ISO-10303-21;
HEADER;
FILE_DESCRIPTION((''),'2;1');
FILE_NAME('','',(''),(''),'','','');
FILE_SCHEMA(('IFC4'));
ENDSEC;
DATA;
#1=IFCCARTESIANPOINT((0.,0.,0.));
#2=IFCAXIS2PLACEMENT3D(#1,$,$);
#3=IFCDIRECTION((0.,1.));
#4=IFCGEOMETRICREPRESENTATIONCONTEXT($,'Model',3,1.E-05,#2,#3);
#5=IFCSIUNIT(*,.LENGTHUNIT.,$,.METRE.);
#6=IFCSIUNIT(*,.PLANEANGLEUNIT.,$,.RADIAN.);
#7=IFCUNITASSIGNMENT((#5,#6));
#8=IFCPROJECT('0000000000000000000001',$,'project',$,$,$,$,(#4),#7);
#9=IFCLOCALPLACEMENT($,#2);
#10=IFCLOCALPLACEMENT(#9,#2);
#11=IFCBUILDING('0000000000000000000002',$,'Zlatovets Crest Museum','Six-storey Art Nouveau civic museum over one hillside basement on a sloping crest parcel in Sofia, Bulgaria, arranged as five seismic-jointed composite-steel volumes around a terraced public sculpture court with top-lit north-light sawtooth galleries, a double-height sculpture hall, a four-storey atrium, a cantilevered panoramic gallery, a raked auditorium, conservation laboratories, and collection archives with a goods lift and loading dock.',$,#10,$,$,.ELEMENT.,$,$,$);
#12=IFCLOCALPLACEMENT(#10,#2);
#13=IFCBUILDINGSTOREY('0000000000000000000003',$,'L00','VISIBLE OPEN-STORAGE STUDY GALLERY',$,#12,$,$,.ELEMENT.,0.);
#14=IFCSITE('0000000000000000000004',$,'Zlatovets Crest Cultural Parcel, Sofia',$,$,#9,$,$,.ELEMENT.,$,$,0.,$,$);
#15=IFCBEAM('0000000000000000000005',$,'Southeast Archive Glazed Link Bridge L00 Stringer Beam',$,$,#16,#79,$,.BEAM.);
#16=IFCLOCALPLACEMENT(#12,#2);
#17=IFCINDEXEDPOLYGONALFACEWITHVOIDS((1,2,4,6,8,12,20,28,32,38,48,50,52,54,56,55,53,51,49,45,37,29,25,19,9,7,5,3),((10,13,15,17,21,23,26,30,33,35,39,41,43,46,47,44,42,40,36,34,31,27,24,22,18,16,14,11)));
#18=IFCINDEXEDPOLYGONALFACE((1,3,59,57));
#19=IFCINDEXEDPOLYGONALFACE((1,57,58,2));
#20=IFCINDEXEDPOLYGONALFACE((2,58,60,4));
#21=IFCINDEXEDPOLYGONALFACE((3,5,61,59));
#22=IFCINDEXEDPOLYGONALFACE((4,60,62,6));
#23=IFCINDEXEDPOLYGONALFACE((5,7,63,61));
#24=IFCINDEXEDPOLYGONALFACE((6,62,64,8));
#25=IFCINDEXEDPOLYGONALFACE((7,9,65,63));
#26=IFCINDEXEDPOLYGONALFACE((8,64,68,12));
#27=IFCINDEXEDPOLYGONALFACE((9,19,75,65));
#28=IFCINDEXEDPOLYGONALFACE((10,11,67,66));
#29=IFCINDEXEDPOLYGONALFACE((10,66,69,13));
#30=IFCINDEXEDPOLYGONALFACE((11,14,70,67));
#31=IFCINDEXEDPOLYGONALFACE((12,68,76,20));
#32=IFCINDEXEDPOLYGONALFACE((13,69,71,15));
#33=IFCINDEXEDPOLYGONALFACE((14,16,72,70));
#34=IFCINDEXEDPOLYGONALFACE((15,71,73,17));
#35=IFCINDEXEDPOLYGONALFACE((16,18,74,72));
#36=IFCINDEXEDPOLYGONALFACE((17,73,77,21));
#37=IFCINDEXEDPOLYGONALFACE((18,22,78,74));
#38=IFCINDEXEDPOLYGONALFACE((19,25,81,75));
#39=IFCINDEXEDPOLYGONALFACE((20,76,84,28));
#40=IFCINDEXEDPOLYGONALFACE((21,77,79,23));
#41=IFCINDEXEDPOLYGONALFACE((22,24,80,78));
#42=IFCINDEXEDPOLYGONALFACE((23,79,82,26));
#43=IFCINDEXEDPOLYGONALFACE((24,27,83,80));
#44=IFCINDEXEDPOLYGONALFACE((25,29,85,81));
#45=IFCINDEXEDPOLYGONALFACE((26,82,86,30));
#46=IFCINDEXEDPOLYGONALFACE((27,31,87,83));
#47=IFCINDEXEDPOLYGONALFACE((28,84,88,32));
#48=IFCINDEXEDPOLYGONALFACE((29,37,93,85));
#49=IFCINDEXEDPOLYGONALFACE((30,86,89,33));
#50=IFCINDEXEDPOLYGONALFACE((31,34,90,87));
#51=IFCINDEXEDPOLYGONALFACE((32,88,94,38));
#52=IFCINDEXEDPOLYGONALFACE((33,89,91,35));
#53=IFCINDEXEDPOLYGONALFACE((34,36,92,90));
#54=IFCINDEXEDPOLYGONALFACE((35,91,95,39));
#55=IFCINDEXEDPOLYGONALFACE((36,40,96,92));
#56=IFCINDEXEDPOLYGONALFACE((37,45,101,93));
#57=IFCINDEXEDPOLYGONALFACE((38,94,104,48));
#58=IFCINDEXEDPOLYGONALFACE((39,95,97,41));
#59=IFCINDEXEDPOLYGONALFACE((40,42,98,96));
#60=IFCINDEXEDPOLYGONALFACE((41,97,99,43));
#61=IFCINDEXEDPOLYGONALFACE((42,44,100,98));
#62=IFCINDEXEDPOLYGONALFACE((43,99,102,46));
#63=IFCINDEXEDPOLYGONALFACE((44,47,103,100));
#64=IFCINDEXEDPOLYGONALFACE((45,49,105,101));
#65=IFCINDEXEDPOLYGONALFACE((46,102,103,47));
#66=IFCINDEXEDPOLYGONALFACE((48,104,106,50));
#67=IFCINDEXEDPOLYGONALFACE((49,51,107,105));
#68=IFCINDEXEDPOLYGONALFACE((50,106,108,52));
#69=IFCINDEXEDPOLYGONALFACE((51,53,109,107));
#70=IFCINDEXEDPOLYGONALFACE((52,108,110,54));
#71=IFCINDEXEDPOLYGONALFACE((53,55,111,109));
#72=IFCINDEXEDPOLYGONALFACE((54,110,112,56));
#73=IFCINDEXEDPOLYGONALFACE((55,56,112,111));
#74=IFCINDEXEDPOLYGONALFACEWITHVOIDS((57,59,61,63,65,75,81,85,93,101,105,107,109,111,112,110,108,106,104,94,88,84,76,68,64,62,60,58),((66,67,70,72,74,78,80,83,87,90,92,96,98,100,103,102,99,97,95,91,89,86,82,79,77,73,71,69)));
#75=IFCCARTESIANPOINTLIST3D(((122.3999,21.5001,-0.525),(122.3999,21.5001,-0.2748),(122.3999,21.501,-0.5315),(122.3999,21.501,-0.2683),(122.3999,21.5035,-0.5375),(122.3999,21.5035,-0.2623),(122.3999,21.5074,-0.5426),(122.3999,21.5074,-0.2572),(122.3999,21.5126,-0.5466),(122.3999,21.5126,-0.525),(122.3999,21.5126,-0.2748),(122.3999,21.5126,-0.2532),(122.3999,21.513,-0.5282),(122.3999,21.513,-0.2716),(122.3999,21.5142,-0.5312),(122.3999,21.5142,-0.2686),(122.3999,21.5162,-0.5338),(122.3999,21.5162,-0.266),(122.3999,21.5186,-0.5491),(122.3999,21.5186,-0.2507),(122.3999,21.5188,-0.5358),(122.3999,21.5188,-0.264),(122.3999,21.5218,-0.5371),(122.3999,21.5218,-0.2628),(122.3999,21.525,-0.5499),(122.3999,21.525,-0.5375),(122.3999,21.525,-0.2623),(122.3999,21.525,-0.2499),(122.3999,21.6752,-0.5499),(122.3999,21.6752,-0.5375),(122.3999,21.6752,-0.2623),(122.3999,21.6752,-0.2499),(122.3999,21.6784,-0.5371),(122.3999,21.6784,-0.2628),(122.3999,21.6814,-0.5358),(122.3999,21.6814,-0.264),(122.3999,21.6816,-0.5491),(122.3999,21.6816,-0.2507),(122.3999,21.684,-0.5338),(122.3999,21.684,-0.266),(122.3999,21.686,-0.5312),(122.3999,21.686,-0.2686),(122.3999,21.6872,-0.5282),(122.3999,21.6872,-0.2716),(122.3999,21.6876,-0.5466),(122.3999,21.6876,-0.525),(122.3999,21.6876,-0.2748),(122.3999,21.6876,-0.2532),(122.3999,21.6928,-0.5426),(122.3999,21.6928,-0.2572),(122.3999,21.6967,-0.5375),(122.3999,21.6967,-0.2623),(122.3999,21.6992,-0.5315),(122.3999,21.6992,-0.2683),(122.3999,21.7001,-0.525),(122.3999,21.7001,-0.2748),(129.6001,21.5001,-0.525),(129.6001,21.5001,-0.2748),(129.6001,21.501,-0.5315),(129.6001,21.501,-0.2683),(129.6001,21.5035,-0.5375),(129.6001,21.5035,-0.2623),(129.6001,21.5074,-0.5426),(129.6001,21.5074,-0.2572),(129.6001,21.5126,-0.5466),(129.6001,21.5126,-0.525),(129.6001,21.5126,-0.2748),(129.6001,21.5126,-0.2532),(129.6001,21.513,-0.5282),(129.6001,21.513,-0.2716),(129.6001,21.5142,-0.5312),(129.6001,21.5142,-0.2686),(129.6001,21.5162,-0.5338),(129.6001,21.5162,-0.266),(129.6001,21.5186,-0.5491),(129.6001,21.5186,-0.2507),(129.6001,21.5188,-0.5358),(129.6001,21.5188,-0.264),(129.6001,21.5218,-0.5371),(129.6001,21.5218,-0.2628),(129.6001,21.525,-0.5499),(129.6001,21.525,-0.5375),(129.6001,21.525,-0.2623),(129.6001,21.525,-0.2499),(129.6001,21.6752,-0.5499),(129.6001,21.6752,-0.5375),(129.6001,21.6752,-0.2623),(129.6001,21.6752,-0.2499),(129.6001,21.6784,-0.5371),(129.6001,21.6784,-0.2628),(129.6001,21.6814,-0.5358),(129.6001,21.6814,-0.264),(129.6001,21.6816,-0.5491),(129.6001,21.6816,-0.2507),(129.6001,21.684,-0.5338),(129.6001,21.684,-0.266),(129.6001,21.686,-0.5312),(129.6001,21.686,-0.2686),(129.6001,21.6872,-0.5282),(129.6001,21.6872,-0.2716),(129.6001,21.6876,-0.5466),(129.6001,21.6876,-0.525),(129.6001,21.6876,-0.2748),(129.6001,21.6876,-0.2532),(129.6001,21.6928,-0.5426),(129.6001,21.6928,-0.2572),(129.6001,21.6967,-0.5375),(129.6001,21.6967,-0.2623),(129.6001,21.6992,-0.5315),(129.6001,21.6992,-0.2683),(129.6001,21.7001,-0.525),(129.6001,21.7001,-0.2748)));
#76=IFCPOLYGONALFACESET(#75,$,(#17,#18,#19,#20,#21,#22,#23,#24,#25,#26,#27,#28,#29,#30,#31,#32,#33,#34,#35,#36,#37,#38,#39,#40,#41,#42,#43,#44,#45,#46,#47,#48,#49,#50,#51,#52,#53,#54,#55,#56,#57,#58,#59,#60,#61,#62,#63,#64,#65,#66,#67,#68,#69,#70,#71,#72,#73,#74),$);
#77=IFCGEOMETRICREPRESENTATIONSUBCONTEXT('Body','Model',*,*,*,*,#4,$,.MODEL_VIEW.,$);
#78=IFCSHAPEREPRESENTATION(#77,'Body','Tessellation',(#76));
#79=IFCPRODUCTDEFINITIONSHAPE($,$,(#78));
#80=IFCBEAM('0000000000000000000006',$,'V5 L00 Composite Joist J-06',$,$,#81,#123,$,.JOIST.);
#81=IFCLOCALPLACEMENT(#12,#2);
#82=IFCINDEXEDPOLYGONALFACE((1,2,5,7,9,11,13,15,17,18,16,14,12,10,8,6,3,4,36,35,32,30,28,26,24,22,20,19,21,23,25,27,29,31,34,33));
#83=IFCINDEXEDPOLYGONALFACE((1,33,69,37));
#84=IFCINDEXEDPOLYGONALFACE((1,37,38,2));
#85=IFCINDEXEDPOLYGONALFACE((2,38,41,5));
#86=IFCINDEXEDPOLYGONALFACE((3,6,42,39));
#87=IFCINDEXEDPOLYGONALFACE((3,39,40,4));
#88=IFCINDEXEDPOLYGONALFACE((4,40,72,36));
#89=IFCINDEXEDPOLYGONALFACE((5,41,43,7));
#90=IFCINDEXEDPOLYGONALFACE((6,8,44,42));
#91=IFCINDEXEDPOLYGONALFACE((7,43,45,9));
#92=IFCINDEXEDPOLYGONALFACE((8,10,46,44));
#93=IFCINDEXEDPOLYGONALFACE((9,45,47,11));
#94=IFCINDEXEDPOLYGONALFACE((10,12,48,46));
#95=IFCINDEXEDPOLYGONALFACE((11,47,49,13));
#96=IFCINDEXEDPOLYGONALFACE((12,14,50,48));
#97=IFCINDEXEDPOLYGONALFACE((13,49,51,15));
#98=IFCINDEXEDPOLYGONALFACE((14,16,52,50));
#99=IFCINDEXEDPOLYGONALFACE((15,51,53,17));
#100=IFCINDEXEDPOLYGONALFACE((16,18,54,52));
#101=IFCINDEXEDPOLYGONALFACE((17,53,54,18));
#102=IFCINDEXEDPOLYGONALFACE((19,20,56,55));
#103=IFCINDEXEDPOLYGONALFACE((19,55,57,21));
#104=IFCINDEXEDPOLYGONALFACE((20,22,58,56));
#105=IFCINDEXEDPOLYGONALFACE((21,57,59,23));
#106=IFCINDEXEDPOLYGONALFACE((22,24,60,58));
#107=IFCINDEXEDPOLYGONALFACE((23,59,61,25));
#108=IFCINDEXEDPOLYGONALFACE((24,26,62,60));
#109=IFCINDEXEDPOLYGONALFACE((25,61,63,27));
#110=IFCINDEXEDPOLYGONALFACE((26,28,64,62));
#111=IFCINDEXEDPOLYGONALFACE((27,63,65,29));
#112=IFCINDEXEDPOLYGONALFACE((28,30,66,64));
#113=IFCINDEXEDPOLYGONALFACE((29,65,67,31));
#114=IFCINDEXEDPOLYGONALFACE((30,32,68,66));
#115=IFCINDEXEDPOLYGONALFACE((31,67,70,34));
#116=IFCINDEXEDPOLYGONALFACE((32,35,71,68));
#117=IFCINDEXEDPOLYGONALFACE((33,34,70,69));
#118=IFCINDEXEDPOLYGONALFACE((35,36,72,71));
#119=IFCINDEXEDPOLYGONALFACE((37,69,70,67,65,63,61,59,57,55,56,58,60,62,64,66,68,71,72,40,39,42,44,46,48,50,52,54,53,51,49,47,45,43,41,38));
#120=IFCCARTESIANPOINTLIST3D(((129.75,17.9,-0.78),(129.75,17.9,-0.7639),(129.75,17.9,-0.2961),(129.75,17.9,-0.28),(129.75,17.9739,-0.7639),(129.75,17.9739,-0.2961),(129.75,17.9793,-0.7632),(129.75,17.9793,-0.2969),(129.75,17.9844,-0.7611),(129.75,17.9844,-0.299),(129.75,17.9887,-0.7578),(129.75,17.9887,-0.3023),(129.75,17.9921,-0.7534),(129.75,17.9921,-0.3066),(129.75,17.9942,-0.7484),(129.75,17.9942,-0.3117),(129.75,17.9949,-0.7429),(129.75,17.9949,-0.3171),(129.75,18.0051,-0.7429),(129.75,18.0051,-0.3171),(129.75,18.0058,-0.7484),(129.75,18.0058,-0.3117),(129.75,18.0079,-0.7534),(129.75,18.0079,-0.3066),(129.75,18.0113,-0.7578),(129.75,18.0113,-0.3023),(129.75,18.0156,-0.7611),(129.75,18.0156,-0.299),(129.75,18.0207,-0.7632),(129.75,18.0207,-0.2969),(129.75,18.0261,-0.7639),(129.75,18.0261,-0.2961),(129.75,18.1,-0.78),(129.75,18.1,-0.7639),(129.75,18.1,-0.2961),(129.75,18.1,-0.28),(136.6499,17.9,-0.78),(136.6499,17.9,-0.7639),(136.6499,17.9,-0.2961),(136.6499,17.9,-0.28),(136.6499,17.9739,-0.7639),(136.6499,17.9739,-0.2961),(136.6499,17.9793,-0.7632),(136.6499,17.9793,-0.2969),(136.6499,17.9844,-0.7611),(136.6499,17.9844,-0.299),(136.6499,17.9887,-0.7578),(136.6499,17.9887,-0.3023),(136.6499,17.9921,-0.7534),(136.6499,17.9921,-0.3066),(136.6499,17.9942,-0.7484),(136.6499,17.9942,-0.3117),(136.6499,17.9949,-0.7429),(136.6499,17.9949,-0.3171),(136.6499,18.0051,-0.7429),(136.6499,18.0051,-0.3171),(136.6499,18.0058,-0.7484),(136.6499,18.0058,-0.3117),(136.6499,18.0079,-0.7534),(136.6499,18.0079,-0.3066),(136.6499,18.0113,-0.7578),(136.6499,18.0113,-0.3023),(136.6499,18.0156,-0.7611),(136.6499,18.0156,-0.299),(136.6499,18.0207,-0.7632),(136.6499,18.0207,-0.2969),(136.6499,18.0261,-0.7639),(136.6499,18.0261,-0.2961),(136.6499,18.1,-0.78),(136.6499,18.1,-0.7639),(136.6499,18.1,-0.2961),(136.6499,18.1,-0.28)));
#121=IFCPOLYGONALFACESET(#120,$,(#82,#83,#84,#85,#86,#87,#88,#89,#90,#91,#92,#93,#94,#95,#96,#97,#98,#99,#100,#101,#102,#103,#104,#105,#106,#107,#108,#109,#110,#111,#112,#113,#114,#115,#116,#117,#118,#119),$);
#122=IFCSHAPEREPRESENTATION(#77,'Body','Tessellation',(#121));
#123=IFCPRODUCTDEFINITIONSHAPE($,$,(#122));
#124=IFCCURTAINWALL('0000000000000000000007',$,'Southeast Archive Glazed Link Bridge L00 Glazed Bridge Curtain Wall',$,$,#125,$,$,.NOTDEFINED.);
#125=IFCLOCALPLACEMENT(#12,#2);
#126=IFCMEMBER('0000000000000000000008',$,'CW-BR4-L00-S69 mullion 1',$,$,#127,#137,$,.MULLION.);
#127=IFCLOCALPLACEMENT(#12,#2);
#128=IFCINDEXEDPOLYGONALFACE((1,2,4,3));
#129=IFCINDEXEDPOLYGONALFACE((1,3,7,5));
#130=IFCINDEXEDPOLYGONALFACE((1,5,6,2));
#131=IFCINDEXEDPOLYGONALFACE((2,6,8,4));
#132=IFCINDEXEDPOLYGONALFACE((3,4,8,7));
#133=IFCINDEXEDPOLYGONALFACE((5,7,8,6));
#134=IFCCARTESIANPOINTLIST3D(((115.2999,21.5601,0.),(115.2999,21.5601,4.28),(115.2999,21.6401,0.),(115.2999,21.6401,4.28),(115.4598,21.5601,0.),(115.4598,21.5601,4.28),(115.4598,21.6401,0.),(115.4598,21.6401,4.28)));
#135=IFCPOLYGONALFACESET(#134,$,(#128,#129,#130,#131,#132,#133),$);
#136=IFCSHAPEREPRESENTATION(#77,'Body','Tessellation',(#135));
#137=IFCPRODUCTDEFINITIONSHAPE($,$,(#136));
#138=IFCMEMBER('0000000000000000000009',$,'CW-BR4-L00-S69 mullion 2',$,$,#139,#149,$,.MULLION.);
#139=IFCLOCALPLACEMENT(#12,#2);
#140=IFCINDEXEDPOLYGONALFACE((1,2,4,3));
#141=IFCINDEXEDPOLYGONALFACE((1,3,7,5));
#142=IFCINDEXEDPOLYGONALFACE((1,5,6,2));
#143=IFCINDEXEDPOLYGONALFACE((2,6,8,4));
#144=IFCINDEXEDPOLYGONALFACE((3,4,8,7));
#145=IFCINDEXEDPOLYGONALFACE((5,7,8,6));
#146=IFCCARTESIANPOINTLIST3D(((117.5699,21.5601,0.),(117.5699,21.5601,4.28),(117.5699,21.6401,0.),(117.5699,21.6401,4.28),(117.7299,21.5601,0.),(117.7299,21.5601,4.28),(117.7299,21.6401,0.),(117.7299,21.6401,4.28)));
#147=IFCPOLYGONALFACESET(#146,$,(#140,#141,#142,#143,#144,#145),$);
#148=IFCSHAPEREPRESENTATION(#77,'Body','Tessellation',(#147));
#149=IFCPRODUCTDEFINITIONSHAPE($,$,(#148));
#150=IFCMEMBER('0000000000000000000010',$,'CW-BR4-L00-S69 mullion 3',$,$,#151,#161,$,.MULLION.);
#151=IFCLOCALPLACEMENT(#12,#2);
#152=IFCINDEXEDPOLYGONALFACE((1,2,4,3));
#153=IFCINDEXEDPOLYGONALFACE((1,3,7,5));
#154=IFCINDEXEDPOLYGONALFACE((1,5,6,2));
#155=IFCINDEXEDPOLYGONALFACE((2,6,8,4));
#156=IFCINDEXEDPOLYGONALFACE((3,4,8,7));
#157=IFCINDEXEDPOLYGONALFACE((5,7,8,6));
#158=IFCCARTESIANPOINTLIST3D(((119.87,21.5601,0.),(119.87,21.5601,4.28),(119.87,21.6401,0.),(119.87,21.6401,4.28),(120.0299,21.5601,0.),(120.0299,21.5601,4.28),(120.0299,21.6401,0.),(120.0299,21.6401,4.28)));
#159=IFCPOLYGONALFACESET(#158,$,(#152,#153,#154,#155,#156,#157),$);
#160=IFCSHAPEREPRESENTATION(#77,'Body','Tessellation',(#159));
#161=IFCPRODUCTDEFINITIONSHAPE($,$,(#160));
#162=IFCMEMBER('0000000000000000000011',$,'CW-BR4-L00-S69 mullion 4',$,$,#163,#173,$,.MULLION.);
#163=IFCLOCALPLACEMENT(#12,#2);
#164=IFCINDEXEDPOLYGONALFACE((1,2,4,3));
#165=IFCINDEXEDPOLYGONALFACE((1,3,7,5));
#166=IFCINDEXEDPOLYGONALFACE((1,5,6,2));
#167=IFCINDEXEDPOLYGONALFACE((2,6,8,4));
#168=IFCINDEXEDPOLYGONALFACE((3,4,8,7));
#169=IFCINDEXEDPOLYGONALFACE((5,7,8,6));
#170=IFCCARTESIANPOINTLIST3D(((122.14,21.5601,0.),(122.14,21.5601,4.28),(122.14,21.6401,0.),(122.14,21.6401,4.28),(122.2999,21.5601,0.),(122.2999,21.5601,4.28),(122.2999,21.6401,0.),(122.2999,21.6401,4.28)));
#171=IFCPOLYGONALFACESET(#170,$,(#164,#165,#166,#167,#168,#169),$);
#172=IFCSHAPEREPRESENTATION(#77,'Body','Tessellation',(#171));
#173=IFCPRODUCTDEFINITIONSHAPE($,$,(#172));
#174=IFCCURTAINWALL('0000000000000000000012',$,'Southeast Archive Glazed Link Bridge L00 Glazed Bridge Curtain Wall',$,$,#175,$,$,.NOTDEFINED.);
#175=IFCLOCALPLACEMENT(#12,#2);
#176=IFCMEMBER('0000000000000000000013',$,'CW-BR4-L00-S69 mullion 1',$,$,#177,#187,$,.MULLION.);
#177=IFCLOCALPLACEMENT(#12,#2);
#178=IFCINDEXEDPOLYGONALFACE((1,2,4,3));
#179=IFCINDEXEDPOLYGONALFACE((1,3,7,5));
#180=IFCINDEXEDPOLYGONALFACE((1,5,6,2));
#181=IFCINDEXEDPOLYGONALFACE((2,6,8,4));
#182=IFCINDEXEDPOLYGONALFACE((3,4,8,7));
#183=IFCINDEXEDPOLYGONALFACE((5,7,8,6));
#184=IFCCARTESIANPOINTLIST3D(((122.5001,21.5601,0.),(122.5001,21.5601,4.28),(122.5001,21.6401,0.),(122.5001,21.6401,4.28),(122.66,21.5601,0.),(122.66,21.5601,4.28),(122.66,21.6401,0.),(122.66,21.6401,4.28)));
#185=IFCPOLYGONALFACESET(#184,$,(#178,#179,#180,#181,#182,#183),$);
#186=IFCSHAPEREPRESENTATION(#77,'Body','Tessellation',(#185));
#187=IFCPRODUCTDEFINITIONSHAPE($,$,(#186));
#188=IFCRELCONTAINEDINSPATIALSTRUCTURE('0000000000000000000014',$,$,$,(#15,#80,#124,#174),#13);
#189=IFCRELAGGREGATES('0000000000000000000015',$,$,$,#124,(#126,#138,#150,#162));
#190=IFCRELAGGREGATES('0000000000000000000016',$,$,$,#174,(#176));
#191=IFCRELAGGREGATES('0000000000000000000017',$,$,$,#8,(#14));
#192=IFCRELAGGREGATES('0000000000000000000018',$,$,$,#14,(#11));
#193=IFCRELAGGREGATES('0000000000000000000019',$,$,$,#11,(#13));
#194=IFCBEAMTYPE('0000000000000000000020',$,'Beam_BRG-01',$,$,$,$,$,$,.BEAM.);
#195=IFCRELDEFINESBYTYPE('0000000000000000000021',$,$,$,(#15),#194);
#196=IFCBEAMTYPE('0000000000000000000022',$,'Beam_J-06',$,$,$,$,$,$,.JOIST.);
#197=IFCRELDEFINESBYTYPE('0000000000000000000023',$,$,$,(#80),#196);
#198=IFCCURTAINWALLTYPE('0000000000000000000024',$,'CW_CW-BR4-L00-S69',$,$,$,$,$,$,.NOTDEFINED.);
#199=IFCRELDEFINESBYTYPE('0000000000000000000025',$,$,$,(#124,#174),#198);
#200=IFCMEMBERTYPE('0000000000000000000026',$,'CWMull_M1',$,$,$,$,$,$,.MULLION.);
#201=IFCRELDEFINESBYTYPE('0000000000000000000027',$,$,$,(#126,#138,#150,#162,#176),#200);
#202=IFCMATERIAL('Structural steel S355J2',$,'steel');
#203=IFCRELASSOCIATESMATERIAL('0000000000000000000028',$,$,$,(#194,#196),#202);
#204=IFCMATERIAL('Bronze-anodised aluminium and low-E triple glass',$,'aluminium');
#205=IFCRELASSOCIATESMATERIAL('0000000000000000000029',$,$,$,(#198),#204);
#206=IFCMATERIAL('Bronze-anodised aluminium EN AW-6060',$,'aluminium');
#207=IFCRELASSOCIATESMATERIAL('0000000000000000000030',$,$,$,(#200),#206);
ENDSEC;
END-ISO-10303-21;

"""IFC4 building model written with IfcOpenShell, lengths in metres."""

from ifc_helpers import new_model, si_unit, direction, frame, origin, origin_2d, place, context, subcontext, project, spatial, rectangle, hollow_rectangle, i_section, extrude, material, material_profile, profile_set, type_object, element, aggregate, save


model = new_model("IFC4")

# Units and contexts
model_context = context("Model", 3, precision=1e-05, world=origin(), true_north=direction((0.0, 1.0)))
body_context = subcontext(model_context, "Body", "Model", "MODEL_VIEW")
ifc_project = project(units=[si_unit("LENGTHUNIT", "METRE"), si_unit("PLANEANGLEUNIT", "RADIAN")], contexts=[model_context])

# Site, building, storey
site_placement = place(None, origin())
site = spatial("IfcSite", under=ifc_project, at=site_placement, Name="Zlatovets Crest Cultural Parcel, Sofia", CompositionType="ELEMENT", RefElevation=0.0)
building_placement = place(site_placement, origin())
building = spatial("IfcBuilding", under=site, at=building_placement, Name="Zlatovets Crest Museum", Description="Six-storey Art Nouveau civic museum over one hillside basement on a sloping crest parcel in Sofia, Bulgaria, arranged as five seismic-jointed composite-steel volumes around a terraced public sculpture court with top-lit north-light sawtooth galleries, a double-height sculpture hall, a four-storey atrium, a cantilevered panoramic gallery, a raked auditorium, conservation laboratories, and collection archives with a goods lift and loading dock.", CompositionType="ELEMENT")
storey_placement = place(building_placement, origin())
storey = spatial("IfcBuildingStorey", under=building, at=storey_placement, Name="L00", Description="VISIBLE OPEN-STORAGE STUDY GALLERY", CompositionType="ELEMENT", Elevation=0.0)

# Shared definitions
ifc_material_1 = material(Name="Structural steel S355J2", Category="steel")

# Beams
ifc_material_profile_1 = material_profile(ifc_material_1, hollow_rectangle(XDim=0.2, YDim=0.3, WallThickness=0.0125, InnerFilletRadius=0.0125, OuterFilletRadius=0.0249, at=origin_2d()), Name="RHS 200x300x12.5")
ifc_profile_set_1 = profile_set([ifc_material_profile_1], Name="Structural steel S355J2")
beam_type_1 = type_object("IfcBeamType", Name="Beam_BRG-01", PredefinedType="BEAM", material=ifc_profile_set_1)
beam_1_placement = place(storey_placement, frame((122.3999, 21.6001, -0.3999), z_axis=(1.0, 0.0, 0.0), x_axis=(0.0, 1.0, 0.0)))
element("IfcBeam", 1, at=beam_1_placement, inside=storey, type_object=beam_type_1, Name="Southeast Archive Glazed Link Bridge L00 Stringer Beam", PredefinedType="BEAM", context=body_context, shape_type="SweptSolid", body=[
    extrude(hollow_rectangle(XDim=0.2, YDim=0.3, WallThickness=0.0125, InnerFilletRadius=0.0125, OuterFilletRadius=0.0249, at=origin_2d()), origin(), (0.0, 0.0, 1.0), 7.2002),
])
ifc_material_profile_2 = material_profile(ifc_material_1, i_section(OverallWidth=0.2, OverallDepth=0.5, WebThickness=0.0103, FlangeThickness=0.0161, FilletRadius=0.021, at=origin_2d()), Name="IPE 500")
ifc_profile_set_2 = profile_set([ifc_material_profile_2], Name="Structural steel S355J2")
beam_type_2 = type_object("IfcBeamType", Name="Beam_J-06", PredefinedType="JOIST", material=ifc_profile_set_2)
beam_2_placement = place(storey_placement, frame((129.75, 18.0, -0.53), z_axis=(1.0, 0.0, 0.0), x_axis=(0.0, 1.0, 0.0)))
element("IfcBeam", 2, at=beam_2_placement, inside=storey, type_object=beam_type_2, Name="V5 L00 Composite Joist J-06", PredefinedType="JOIST", context=body_context, shape_type="SweptSolid", body=[
    extrude(i_section(OverallWidth=0.2, OverallDepth=0.5, WebThickness=0.0103, FlangeThickness=0.0161, FilletRadius=0.021, at=origin_2d()), origin(), (0.0, 0.0, 1.0), 6.8999),
])

# Curtain wall, members
ifc_material_2 = material(Name="Bronze-anodised aluminium and low-E triple glass", Category="aluminium")
curtain_wall_type = type_object("IfcCurtainWallType", Name="CW_CW-BR4-L00-S69", PredefinedType="NOTDEFINED", material=ifc_material_2)
curtain_wall_1_placement = place(storey_placement, origin())
curtain_wall_1 = element("IfcCurtainWall", 3, at=curtain_wall_1_placement, inside=storey, type_object=curtain_wall_type, Name="Southeast Archive Glazed Link Bridge L00 Glazed Bridge Curtain Wall", PredefinedType="NOTDEFINED")
ifc_material_3 = material(Name="Bronze-anodised aluminium EN AW-6060", Category="aluminium")
ifc_material_profile_3 = material_profile(ifc_material_3, rectangle(XDim=0.0801, YDim=0.1599, at=origin_2d()), Name="ALU 80x160")
ifc_profile_set_3 = profile_set([ifc_material_profile_3], Name="Bronze-anodised aluminium EN AW-6060")
member_type_1 = type_object("IfcMemberType", Name="CWMull_M1", PredefinedType="MULLION", material=ifc_profile_set_3)
member_1_placement = place(storey_placement, frame((115.3799, 21.6001, 0.0), z_axis=(0.0, 0.0, 1.0), x_axis=(0.0, 1.0, 0.0)))
member_1 = element("IfcMember", 4, at=member_1_placement, type_object=member_type_1, Name="CW-BR4-L00-S69 mullion 1", PredefinedType="MULLION", context=body_context, shape_type="SweptSolid", body=[
    extrude(rectangle(XDim=0.0801, YDim=0.1599, at=origin_2d()), origin(), (0.0, 0.0, 1.0), 4.28),
])
member_2_placement = place(storey_placement, frame((117.6499, 21.6001, 0.0), z_axis=(0.0, 0.0, 1.0), x_axis=(0.0, 1.0, 0.0)))
member_2 = element("IfcMember", 5, at=member_2_placement, type_object=member_type_1, Name="CW-BR4-L00-S69 mullion 2", PredefinedType="MULLION", context=body_context, shape_type="SweptSolid", body=[
    extrude(rectangle(XDim=0.0801, YDim=0.1599, at=origin_2d()), origin(), (0.0, 0.0, 1.0), 4.28),
])
member_3_placement = place(storey_placement, frame((119.95, 21.6001, 0.0), z_axis=(0.0, 0.0, 1.0), x_axis=(0.0, 1.0, 0.0)))
member_3 = element("IfcMember", 6, at=member_3_placement, type_object=member_type_1, Name="CW-BR4-L00-S69 mullion 3", PredefinedType="MULLION", context=body_context, shape_type="SweptSolid", body=[
    extrude(rectangle(XDim=0.0801, YDim=0.1599, at=origin_2d()), origin(), (0.0, 0.0, 1.0), 4.28),
])
member_4_placement = place(storey_placement, frame((122.22, 21.6001, 0.0), z_axis=(0.0, 0.0, 1.0), x_axis=(0.0, 1.0, 0.0)))
member_4 = element("IfcMember", 7, at=member_4_placement, type_object=member_type_1, Name="CW-BR4-L00-S69 mullion 4", PredefinedType="MULLION", context=body_context, shape_type="SweptSolid", body=[
    extrude(rectangle(XDim=0.0801, YDim=0.1599, at=origin_2d()), origin(), (0.0, 0.0, 1.0), 4.28),
])

# Curtain wall, member
curtain_wall_2_placement = place(storey_placement, origin())
curtain_wall_2 = element("IfcCurtainWall", 8, at=curtain_wall_2_placement, inside=storey, type_object=curtain_wall_type, Name="Southeast Archive Glazed Link Bridge L00 Glazed Bridge Curtain Wall", PredefinedType="NOTDEFINED")
member_5_placement = place(storey_placement, frame((122.5801, 21.6001, 0.0), z_axis=(0.0, 0.0, 1.0), x_axis=(0.0, 1.0, 0.0)))
member_5 = element("IfcMember", 9, at=member_5_placement, type_object=member_type_1, Name="CW-BR4-L00-S69 mullion 1", PredefinedType="MULLION", context=body_context, shape_type="SweptSolid", body=[
    extrude(rectangle(XDim=0.0801, YDim=0.1599, at=origin_2d()), origin(), (0.0, 0.0, 1.0), 4.28),
])

aggregate(curtain_wall_1, [member_1, member_2, member_3, member_4])
aggregate(curtain_wall_2, [member_5])

save(model, "model.ifc")
